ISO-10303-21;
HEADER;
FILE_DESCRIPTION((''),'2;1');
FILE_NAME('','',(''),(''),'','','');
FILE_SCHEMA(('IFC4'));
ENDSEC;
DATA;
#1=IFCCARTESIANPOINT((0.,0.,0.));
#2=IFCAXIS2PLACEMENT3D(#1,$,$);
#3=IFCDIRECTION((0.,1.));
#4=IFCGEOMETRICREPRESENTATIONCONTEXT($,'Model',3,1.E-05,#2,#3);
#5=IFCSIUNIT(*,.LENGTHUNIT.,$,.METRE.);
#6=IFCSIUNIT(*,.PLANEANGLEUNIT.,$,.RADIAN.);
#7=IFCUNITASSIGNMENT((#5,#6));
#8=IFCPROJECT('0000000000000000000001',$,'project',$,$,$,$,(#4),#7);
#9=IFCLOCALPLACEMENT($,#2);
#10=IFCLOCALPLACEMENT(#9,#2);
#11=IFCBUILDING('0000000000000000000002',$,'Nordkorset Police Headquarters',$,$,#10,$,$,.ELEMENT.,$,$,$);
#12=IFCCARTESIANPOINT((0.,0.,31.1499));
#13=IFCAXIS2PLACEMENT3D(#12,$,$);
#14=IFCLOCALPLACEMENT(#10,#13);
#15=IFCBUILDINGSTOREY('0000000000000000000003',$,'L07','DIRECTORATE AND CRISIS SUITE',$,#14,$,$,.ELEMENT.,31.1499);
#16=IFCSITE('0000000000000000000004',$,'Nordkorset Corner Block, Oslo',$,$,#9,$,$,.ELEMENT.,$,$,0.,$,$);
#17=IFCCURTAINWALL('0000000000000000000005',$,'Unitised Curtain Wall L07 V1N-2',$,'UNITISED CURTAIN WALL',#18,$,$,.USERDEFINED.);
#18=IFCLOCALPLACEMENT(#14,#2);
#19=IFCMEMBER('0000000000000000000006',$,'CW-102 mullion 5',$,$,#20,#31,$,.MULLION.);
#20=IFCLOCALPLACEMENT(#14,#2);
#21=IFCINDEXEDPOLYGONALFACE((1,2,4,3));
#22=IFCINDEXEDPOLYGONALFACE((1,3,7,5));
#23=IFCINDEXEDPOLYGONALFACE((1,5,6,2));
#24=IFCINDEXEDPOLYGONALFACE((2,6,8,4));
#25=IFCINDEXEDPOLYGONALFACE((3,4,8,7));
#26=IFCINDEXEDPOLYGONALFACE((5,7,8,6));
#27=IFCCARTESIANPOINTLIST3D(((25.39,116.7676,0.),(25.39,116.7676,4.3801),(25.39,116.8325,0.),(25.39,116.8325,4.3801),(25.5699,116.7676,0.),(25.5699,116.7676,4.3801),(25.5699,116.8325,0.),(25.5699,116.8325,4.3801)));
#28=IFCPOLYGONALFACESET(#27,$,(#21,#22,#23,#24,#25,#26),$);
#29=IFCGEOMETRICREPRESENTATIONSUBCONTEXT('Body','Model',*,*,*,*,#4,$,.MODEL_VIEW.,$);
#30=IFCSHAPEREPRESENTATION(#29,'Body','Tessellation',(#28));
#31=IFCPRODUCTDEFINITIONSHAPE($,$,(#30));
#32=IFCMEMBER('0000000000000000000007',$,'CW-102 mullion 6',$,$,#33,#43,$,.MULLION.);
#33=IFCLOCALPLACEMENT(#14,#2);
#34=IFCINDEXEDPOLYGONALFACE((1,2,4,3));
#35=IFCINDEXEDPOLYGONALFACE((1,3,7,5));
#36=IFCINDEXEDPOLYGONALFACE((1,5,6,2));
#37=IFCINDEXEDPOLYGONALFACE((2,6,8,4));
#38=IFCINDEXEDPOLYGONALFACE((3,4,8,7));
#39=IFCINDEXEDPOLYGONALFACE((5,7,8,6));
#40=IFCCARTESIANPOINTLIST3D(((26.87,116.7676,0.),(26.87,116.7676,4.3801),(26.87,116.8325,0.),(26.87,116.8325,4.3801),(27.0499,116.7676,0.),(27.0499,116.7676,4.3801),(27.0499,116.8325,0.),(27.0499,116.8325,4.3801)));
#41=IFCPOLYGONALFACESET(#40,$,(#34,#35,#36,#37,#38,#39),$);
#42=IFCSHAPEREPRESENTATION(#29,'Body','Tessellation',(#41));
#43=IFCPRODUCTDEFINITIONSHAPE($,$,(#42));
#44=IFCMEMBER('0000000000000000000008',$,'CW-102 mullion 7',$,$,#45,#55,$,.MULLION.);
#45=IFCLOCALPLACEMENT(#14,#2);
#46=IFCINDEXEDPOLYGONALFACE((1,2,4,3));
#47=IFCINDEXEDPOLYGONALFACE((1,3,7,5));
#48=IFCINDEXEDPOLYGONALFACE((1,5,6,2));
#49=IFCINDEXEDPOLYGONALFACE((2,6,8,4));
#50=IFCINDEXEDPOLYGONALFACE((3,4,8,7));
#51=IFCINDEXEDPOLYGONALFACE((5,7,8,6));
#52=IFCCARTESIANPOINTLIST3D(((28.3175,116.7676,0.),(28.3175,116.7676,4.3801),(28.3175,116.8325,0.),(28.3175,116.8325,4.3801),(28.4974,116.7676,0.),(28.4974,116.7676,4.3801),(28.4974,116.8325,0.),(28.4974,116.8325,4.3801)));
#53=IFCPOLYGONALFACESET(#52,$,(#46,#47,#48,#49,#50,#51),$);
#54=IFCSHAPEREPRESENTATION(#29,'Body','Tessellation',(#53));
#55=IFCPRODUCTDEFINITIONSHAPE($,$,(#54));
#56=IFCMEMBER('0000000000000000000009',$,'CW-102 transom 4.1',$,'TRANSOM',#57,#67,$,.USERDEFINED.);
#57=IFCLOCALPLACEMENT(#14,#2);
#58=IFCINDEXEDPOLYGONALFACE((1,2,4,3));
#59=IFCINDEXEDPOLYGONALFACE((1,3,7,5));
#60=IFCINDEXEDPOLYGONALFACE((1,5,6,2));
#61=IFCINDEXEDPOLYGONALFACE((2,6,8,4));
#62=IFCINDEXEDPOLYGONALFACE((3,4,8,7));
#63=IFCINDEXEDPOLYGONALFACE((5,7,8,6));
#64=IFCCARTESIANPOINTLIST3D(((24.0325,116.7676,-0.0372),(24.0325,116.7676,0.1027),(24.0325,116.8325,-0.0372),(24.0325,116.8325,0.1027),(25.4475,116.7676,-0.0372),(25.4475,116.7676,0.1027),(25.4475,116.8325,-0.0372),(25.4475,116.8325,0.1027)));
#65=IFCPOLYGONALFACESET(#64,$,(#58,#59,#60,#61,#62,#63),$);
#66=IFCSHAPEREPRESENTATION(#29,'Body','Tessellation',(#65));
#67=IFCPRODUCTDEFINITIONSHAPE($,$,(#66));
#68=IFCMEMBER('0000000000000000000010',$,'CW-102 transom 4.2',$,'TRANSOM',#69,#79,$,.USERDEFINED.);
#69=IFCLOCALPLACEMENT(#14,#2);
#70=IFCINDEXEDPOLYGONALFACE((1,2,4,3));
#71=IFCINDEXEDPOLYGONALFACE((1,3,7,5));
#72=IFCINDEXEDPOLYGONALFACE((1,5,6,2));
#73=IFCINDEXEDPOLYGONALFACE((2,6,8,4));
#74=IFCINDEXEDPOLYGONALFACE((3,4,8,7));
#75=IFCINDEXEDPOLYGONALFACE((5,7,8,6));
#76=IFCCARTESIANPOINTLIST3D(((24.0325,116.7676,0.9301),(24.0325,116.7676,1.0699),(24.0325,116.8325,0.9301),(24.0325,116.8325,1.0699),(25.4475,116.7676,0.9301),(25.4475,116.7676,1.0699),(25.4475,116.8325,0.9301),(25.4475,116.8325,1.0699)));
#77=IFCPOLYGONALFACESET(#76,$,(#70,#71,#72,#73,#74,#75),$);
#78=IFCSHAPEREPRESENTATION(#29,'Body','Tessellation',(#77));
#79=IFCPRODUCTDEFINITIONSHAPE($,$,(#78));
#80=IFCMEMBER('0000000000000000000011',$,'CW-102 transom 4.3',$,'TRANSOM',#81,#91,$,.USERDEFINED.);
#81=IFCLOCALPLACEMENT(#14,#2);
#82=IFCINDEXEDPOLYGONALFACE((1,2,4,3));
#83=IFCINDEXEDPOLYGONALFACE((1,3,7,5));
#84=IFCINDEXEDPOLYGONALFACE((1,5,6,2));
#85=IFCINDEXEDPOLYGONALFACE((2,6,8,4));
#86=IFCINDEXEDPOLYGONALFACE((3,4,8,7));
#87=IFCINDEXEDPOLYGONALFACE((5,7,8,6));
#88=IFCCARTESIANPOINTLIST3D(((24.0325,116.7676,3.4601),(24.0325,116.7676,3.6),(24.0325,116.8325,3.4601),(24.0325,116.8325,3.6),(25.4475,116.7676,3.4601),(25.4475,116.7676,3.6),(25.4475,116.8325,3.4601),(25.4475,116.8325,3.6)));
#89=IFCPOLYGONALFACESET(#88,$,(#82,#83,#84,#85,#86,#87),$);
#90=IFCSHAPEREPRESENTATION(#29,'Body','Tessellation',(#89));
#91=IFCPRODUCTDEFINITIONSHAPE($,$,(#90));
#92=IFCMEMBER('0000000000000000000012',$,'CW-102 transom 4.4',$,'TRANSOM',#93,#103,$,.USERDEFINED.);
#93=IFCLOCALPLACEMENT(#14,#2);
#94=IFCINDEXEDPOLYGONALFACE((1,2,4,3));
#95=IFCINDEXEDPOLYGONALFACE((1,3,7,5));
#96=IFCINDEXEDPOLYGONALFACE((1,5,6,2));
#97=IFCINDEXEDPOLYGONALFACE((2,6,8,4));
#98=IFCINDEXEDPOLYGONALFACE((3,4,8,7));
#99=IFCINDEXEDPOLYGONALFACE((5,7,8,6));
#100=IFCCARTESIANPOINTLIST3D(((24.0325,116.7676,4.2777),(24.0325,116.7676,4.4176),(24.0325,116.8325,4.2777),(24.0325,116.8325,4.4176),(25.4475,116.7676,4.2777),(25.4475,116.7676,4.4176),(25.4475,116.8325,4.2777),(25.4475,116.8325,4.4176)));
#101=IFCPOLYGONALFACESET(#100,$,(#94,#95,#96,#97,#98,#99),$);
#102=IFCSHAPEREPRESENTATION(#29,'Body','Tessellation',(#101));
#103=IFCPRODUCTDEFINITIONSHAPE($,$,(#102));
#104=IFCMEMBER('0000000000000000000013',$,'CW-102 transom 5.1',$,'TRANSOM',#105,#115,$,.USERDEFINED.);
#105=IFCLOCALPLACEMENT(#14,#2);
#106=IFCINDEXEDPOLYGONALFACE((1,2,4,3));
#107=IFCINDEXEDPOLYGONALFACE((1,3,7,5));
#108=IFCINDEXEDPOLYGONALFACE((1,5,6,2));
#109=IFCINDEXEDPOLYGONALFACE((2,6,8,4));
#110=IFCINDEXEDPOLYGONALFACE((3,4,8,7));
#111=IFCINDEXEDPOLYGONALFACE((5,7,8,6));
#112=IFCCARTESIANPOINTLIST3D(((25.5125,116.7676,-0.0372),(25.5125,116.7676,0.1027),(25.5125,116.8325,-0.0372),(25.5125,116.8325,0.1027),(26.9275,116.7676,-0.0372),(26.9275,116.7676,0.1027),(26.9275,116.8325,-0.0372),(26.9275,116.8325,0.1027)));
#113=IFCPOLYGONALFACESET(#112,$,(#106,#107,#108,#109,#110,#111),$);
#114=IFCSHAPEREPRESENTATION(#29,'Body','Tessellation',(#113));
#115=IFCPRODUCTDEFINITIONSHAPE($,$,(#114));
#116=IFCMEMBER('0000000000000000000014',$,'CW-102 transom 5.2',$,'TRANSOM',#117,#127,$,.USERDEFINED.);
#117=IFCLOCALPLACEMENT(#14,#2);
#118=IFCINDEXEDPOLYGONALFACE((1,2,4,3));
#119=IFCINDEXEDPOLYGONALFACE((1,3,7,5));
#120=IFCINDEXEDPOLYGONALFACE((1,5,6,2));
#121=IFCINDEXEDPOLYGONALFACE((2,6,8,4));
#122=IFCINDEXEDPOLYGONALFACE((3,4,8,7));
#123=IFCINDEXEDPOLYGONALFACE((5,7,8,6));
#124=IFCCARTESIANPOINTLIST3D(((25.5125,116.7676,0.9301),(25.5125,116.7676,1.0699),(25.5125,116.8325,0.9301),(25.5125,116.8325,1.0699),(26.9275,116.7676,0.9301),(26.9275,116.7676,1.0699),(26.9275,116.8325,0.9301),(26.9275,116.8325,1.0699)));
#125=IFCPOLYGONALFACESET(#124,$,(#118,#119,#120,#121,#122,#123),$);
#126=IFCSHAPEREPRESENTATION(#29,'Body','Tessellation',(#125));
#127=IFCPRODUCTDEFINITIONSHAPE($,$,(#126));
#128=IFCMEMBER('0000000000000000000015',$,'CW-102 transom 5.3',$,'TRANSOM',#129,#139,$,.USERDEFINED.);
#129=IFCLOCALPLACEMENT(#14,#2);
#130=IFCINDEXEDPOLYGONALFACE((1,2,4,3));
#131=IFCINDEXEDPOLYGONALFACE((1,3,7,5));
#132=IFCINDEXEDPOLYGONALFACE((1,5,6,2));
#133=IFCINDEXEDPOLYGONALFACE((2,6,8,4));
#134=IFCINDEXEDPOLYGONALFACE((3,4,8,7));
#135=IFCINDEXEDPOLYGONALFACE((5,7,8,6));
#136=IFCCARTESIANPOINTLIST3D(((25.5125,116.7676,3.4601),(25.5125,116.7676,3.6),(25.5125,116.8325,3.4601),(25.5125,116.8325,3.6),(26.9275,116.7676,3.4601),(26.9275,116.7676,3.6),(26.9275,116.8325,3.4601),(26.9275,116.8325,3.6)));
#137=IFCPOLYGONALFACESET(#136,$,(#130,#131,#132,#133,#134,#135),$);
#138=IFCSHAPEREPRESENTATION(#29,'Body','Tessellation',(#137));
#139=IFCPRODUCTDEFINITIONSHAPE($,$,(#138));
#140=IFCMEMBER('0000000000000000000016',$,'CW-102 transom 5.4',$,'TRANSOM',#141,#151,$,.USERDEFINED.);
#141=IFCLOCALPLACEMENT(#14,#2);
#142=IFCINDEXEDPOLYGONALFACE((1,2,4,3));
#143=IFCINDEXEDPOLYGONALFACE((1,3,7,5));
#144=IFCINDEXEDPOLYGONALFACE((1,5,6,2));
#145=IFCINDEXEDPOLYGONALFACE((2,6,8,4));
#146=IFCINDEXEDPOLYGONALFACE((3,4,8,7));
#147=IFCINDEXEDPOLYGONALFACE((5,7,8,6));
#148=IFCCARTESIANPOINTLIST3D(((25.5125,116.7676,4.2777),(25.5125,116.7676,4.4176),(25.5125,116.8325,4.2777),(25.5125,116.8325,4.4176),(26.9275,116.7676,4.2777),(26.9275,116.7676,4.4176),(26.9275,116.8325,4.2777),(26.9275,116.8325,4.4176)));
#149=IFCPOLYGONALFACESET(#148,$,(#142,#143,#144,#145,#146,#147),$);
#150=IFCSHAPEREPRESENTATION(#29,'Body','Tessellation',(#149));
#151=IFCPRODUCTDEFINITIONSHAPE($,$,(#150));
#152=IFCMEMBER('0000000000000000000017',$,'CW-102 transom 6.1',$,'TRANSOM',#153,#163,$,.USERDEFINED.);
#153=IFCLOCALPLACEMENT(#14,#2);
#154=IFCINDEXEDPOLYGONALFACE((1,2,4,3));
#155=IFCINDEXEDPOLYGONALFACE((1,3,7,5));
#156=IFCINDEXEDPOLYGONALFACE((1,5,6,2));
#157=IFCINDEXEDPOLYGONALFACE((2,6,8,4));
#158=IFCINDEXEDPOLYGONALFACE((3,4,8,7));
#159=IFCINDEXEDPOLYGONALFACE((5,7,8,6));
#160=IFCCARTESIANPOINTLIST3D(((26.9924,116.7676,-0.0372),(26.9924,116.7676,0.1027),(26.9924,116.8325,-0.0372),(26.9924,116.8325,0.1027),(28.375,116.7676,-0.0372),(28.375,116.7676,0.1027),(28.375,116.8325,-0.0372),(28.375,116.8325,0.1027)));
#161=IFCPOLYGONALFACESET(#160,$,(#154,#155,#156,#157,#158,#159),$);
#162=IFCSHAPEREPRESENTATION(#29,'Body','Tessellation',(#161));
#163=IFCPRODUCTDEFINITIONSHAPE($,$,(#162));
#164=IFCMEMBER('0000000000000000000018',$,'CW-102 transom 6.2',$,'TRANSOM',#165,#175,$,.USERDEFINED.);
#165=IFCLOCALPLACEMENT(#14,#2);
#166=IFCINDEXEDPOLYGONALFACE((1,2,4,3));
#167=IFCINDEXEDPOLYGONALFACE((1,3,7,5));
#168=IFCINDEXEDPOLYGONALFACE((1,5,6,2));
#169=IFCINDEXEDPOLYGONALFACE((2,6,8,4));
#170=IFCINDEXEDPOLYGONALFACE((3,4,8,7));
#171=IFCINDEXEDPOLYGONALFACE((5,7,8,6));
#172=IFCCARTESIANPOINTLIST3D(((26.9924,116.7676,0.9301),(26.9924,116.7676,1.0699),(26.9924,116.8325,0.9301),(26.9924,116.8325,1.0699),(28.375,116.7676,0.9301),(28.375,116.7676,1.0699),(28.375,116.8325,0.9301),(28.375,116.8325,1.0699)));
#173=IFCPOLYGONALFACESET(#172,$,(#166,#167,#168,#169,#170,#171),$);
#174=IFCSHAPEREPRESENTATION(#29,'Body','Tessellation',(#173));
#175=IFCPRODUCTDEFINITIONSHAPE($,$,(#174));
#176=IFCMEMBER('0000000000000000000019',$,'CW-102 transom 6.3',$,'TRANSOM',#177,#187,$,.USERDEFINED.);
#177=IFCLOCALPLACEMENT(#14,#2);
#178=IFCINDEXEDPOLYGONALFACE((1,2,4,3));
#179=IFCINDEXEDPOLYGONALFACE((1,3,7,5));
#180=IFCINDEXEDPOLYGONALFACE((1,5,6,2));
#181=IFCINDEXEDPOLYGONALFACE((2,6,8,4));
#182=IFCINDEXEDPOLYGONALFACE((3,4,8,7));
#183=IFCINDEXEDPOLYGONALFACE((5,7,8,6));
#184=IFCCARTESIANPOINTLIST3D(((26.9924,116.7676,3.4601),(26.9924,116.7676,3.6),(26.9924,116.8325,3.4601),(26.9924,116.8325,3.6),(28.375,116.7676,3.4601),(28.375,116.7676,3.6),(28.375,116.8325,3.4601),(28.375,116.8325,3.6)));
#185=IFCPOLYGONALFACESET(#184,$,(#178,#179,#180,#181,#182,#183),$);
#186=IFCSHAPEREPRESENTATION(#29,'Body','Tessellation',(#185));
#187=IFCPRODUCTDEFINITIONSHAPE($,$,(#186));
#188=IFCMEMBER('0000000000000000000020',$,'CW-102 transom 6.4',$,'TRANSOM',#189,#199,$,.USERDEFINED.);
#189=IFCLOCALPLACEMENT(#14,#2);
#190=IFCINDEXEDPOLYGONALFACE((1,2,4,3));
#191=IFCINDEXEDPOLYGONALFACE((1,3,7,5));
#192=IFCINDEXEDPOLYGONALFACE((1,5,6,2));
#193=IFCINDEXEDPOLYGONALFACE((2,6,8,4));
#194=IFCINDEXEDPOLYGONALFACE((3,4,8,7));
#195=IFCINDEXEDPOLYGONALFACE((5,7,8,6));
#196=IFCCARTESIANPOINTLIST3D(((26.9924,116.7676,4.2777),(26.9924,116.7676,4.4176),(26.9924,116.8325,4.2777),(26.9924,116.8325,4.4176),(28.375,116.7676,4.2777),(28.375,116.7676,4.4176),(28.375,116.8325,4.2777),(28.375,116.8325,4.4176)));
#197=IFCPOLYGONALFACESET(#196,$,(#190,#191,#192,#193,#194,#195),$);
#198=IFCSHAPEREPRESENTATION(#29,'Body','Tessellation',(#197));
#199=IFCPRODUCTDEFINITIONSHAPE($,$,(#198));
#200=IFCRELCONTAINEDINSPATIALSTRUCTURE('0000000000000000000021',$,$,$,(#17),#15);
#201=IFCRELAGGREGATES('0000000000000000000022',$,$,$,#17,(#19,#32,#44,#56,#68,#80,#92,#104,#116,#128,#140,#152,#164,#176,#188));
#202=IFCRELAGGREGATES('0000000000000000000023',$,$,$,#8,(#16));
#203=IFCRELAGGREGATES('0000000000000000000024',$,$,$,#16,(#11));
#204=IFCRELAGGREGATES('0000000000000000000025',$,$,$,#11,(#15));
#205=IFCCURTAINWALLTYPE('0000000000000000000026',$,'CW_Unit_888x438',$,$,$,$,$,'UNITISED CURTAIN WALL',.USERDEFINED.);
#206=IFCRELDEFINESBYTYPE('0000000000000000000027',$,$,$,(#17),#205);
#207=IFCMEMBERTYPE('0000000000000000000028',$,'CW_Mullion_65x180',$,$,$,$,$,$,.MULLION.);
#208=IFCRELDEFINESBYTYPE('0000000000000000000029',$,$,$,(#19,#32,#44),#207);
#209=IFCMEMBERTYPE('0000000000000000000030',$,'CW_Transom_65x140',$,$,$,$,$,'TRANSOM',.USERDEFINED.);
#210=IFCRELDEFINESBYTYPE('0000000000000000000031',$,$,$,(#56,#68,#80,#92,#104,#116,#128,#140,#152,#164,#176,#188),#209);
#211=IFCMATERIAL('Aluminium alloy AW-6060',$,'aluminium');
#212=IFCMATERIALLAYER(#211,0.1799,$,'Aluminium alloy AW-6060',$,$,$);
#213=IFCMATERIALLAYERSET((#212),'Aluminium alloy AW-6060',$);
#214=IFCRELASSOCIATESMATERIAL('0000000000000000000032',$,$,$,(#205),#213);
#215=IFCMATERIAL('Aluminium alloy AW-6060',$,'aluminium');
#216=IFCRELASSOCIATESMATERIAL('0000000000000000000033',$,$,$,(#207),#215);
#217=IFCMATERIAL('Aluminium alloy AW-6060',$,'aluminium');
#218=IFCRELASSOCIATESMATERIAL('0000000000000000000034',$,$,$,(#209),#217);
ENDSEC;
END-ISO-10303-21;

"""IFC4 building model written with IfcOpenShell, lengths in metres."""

from ifc_helpers import new_model, si_unit, direction, frame, origin, origin_2d, place, context, subcontext, project, spatial, rectangle, extrude, material, layer, layer_set, material_profile, profile_set, type_object, element, aggregate, save


model = new_model("IFC4")

# Units and contexts
model_context = context("Model", 3, precision=1e-05, world=origin(), true_north=direction((0.0, 1.0)))
body_context = subcontext(model_context, "Body", "Model", "MODEL_VIEW")
ifc_project = project(units=[si_unit("LENGTHUNIT", "METRE"), si_unit("PLANEANGLEUNIT", "RADIAN")], contexts=[model_context])

# Site, building, storey
site_placement = place(None, origin())
site = spatial("IfcSite", under=ifc_project, at=site_placement, Name="Nordkorset Corner Block, Oslo", CompositionType="ELEMENT", RefElevation=0.0)
building_placement = place(site_placement, origin())
building = spatial("IfcBuilding", under=site, at=building_placement, Name="Nordkorset Police Headquarters", CompositionType="ELEMENT")
storey_placement = place(building_placement, frame((0.0, 0.0, 31.1499)))
storey = spatial("IfcBuildingStorey", under=building, at=storey_placement, Name="L07", Description="DIRECTORATE AND CRISIS SUITE", CompositionType="ELEMENT", Elevation=31.1499)

# Curtain wall, members
ifc_material_1 = material(Name="Aluminium alloy AW-6060", Category="aluminium")
ifc_layer_1 = layer(ifc_material_1, 0.1799, Name="Aluminium alloy AW-6060")
ifc_layer_set_1 = layer_set([ifc_layer_1], Name="Aluminium alloy AW-6060")
curtain_wall_type = type_object("IfcCurtainWallType", Name="CW_Unit_888x438", ElementType="UNITISED CURTAIN WALL", PredefinedType="USERDEFINED", material=ifc_layer_set_1)
curtain_wall_placement = place(storey_placement, origin())
curtain_wall = element("IfcCurtainWall", 1, at=curtain_wall_placement, inside=storey, type_object=curtain_wall_type, Name="Unitised Curtain Wall L07 V1N-2", ObjectType="UNITISED CURTAIN WALL", PredefinedType="USERDEFINED")
ifc_material_2 = material(Name="Aluminium alloy AW-6060", Category="aluminium")
ifc_material_profile_1 = material_profile(ifc_material_2, rectangle(XDim=0.0649, YDim=0.1799, at=origin_2d()), Name="ALU MULL 65x180")
ifc_profile_set_1 = profile_set([ifc_material_profile_1], Name="Aluminium alloy AW-6060")
member_type_1 = type_object("IfcMemberType", Name="CW_Mullion_65x180", PredefinedType="MULLION", material=ifc_profile_set_1)
member_1_placement = place(storey_placement, frame((25.48, 116.8, 0.0), z_axis=(0.0, 0.0, 1.0), x_axis=(0.0, 1.0, 0.0)))
member_1 = element("IfcMember", 2, at=member_1_placement, type_object=member_type_1, Name="CW-102 mullion 5", PredefinedType="MULLION", context=body_context, shape_type="SweptSolid", body=[
    extrude(rectangle(XDim=0.0649, YDim=0.1799, at=origin_2d()), origin(), (0.0, 0.0, 1.0), 4.3801),
])
member_2_placement = place(storey_placement, frame((26.96, 116.8, 0.0), z_axis=(0.0, 0.0, 1.0), x_axis=(0.0, 1.0, 0.0)))
member_2 = element("IfcMember", 3, at=member_2_placement, type_object=member_type_1, Name="CW-102 mullion 6", PredefinedType="MULLION", context=body_context, shape_type="SweptSolid", body=[
    extrude(rectangle(XDim=0.0649, YDim=0.1799, at=origin_2d()), origin(), (0.0, 0.0, 1.0), 4.3801),
])
member_3_placement = place(storey_placement, frame((28.4075, 116.8, 0.0), z_axis=(0.0, 0.0, 1.0), x_axis=(0.0, 1.0, 0.0)))
member_3 = element("IfcMember", 4, at=member_3_placement, type_object=member_type_1, Name="CW-102 mullion 7", PredefinedType="MULLION", context=body_context, shape_type="SweptSolid", body=[
    extrude(rectangle(XDim=0.0649, YDim=0.1799, at=origin_2d()), origin(), (0.0, 0.0, 1.0), 4.3801),
])
ifc_material_3 = material(Name="Aluminium alloy AW-6060", Category="aluminium")
ifc_material_profile_2 = material_profile(ifc_material_3, rectangle(XDim=0.0649, YDim=0.1399, at=origin_2d()), Name="ALU TRAN 65x140")
ifc_profile_set_2 = profile_set([ifc_material_profile_2], Name="Aluminium alloy AW-6060")
member_type_2 = type_object("IfcMemberType", Name="CW_Transom_65x140", ElementType="TRANSOM", PredefinedType="USERDEFINED", material=ifc_profile_set_2)
member_4_placement = place(storey_placement, frame((24.0325, 116.8, 0.0327), z_axis=(1.0, 0.0, 0.0), x_axis=(0.0, 1.0, 0.0)))
member_4 = element("IfcMember", 5, at=member_4_placement, type_object=member_type_2, Name="CW-102 transom 4.1", ObjectType="TRANSOM", PredefinedType="USERDEFINED", context=body_context, shape_type="SweptSolid", body=[
    extrude(rectangle(XDim=0.0649, YDim=0.1399, at=origin_2d()), origin(), (0.0, 0.0, 1.0), 1.415),
])
member_5_placement = place(storey_placement, frame((24.0325, 116.8, 1.0), z_axis=(1.0, 0.0, 0.0), x_axis=(0.0, 1.0, 0.0)))
member_5 = element("IfcMember", 6, at=member_5_placement, type_object=member_type_2, Name="CW-102 transom 4.2", ObjectType="TRANSOM", PredefinedType="USERDEFINED", context=body_context, shape_type="SweptSolid", body=[
    extrude(rectangle(XDim=0.0649, YDim=0.1399, at=origin_2d()), origin(), (0.0, 0.0, 1.0), 1.415),
])
member_6_placement = place(storey_placement, frame((24.0325, 116.8, 3.53), z_axis=(1.0, 0.0, 0.0), x_axis=(0.0, 1.0, 0.0)))
member_6 = element("IfcMember", 7, at=member_6_placement, type_object=member_type_2, Name="CW-102 transom 4.3", ObjectType="TRANSOM", PredefinedType="USERDEFINED", context=body_context, shape_type="SweptSolid", body=[
    extrude(rectangle(XDim=0.0649, YDim=0.1399, at=origin_2d()), origin(), (0.0, 0.0, 1.0), 1.415),
])
member_7_placement = place(storey_placement, frame((24.0325, 116.8, 4.3477), z_axis=(1.0, 0.0, 0.0), x_axis=(0.0, 1.0, 0.0)))
member_7 = element("IfcMember", 8, at=member_7_placement, type_object=member_type_2, Name="CW-102 transom 4.4", ObjectType="TRANSOM", PredefinedType="USERDEFINED", context=body_context, shape_type="SweptSolid", body=[
    extrude(rectangle(XDim=0.0649, YDim=0.1399, at=origin_2d()), origin(), (0.0, 0.0, 1.0), 1.415),
])
member_8_placement = place(storey_placement, frame((25.5125, 116.8, 0.0327), z_axis=(1.0, 0.0, 0.0), x_axis=(0.0, 1.0, 0.0)))
member_8 = element("IfcMember", 9, at=member_8_placement, type_object=member_type_2, Name="CW-102 transom 5.1", ObjectType="TRANSOM", PredefinedType="USERDEFINED", context=body_context, shape_type="SweptSolid", body=[
    extrude(rectangle(XDim=0.0649, YDim=0.1399, at=origin_2d()), origin(), (0.0, 0.0, 1.0), 1.415),
])
member_9_placement = place(storey_placement, frame((25.5125, 116.8, 1.0), z_axis=(1.0, 0.0, 0.0), x_axis=(0.0, 1.0, 0.0)))
member_9 = element("IfcMember", 10, at=member_9_placement, type_object=member_type_2, Name="CW-102 transom 5.2", ObjectType="TRANSOM", PredefinedType="USERDEFINED", context=body_context, shape_type="SweptSolid", body=[
    extrude(rectangle(XDim=0.0649, YDim=0.1399, at=origin_2d()), origin(), (0.0, 0.0, 1.0), 1.415),
])
member_10_placement = place(storey_placement, frame((25.5125, 116.8, 3.53), z_axis=(1.0, 0.0, 0.0), x_axis=(0.0, 1.0, 0.0)))
member_10 = element("IfcMember", 11, at=member_10_placement, type_object=member_type_2, Name="CW-102 transom 5.3", ObjectType="TRANSOM", PredefinedType="USERDEFINED", context=body_context, shape_type="SweptSolid", body=[
    extrude(rectangle(XDim=0.0649, YDim=0.1399, at=origin_2d()), origin(), (0.0, 0.0, 1.0), 1.415),
])
member_11_placement = place(storey_placement, frame((25.5125, 116.8, 4.3477), z_axis=(1.0, 0.0, 0.0), x_axis=(0.0, 1.0, 0.0)))
member_11 = element("IfcMember", 12, at=member_11_placement, type_object=member_type_2, Name="CW-102 transom 5.4", ObjectType="TRANSOM", PredefinedType="USERDEFINED", context=body_context, shape_type="SweptSolid", body=[
    extrude(rectangle(XDim=0.0649, YDim=0.1399, at=origin_2d()), origin(), (0.0, 0.0, 1.0), 1.415),
])
member_12_placement = place(storey_placement, frame((26.9924, 116.8, 0.0327), z_axis=(1.0, 0.0, 0.0), x_axis=(0.0, 1.0, 0.0)))
member_12 = element("IfcMember", 13, at=member_12_placement, type_object=member_type_2, Name="CW-102 transom 6.1", ObjectType="TRANSOM", PredefinedType="USERDEFINED", context=body_context, shape_type="SweptSolid", body=[
    extrude(rectangle(XDim=0.0649, YDim=0.1399, at=origin_2d()), origin(), (0.0, 0.0, 1.0), 1.3826),
])
member_13_placement = place(storey_placement, frame((26.9924, 116.8, 1.0), z_axis=(1.0, 0.0, 0.0), x_axis=(0.0, 1.0, 0.0)))
member_13 = element("IfcMember", 14, at=member_13_placement, type_object=member_type_2, Name="CW-102 transom 6.2", ObjectType="TRANSOM", PredefinedType="USERDEFINED", context=body_context, shape_type="SweptSolid", body=[
    extrude(rectangle(XDim=0.0649, YDim=0.1399, at=origin_2d()), origin(), (0.0, 0.0, 1.0), 1.3826),
])
member_14_placement = place(storey_placement, frame((26.9924, 116.8, 3.53), z_axis=(1.0, 0.0, 0.0), x_axis=(0.0, 1.0, 0.0)))
member_14 = element("IfcMember", 15, at=member_14_placement, type_object=member_type_2, Name="CW-102 transom 6.3", ObjectType="TRANSOM", PredefinedType="USERDEFINED", context=body_context, shape_type="SweptSolid", body=[
    extrude(rectangle(XDim=0.0649, YDim=0.1399, at=origin_2d()), origin(), (0.0, 0.0, 1.0), 1.3826),
])
member_15_placement = place(storey_placement, frame((26.9924, 116.8, 4.3477), z_axis=(1.0, 0.0, 0.0), x_axis=(0.0, 1.0, 0.0)))
member_15 = element("IfcMember", 16, at=member_15_placement, type_object=member_type_2, Name="CW-102 transom 6.4", ObjectType="TRANSOM", PredefinedType="USERDEFINED", context=body_context, shape_type="SweptSolid", body=[
    extrude(rectangle(XDim=0.0649, YDim=0.1399, at=origin_2d()), origin(), (0.0, 0.0, 1.0), 1.3826),
])
aggregate(curtain_wall, [member_1, member_2, member_3, member_4, member_5, member_6, member_7, member_8, member_9, member_10, member_11, member_12, member_13, member_14, member_15])

save(model, "model.ifc")
